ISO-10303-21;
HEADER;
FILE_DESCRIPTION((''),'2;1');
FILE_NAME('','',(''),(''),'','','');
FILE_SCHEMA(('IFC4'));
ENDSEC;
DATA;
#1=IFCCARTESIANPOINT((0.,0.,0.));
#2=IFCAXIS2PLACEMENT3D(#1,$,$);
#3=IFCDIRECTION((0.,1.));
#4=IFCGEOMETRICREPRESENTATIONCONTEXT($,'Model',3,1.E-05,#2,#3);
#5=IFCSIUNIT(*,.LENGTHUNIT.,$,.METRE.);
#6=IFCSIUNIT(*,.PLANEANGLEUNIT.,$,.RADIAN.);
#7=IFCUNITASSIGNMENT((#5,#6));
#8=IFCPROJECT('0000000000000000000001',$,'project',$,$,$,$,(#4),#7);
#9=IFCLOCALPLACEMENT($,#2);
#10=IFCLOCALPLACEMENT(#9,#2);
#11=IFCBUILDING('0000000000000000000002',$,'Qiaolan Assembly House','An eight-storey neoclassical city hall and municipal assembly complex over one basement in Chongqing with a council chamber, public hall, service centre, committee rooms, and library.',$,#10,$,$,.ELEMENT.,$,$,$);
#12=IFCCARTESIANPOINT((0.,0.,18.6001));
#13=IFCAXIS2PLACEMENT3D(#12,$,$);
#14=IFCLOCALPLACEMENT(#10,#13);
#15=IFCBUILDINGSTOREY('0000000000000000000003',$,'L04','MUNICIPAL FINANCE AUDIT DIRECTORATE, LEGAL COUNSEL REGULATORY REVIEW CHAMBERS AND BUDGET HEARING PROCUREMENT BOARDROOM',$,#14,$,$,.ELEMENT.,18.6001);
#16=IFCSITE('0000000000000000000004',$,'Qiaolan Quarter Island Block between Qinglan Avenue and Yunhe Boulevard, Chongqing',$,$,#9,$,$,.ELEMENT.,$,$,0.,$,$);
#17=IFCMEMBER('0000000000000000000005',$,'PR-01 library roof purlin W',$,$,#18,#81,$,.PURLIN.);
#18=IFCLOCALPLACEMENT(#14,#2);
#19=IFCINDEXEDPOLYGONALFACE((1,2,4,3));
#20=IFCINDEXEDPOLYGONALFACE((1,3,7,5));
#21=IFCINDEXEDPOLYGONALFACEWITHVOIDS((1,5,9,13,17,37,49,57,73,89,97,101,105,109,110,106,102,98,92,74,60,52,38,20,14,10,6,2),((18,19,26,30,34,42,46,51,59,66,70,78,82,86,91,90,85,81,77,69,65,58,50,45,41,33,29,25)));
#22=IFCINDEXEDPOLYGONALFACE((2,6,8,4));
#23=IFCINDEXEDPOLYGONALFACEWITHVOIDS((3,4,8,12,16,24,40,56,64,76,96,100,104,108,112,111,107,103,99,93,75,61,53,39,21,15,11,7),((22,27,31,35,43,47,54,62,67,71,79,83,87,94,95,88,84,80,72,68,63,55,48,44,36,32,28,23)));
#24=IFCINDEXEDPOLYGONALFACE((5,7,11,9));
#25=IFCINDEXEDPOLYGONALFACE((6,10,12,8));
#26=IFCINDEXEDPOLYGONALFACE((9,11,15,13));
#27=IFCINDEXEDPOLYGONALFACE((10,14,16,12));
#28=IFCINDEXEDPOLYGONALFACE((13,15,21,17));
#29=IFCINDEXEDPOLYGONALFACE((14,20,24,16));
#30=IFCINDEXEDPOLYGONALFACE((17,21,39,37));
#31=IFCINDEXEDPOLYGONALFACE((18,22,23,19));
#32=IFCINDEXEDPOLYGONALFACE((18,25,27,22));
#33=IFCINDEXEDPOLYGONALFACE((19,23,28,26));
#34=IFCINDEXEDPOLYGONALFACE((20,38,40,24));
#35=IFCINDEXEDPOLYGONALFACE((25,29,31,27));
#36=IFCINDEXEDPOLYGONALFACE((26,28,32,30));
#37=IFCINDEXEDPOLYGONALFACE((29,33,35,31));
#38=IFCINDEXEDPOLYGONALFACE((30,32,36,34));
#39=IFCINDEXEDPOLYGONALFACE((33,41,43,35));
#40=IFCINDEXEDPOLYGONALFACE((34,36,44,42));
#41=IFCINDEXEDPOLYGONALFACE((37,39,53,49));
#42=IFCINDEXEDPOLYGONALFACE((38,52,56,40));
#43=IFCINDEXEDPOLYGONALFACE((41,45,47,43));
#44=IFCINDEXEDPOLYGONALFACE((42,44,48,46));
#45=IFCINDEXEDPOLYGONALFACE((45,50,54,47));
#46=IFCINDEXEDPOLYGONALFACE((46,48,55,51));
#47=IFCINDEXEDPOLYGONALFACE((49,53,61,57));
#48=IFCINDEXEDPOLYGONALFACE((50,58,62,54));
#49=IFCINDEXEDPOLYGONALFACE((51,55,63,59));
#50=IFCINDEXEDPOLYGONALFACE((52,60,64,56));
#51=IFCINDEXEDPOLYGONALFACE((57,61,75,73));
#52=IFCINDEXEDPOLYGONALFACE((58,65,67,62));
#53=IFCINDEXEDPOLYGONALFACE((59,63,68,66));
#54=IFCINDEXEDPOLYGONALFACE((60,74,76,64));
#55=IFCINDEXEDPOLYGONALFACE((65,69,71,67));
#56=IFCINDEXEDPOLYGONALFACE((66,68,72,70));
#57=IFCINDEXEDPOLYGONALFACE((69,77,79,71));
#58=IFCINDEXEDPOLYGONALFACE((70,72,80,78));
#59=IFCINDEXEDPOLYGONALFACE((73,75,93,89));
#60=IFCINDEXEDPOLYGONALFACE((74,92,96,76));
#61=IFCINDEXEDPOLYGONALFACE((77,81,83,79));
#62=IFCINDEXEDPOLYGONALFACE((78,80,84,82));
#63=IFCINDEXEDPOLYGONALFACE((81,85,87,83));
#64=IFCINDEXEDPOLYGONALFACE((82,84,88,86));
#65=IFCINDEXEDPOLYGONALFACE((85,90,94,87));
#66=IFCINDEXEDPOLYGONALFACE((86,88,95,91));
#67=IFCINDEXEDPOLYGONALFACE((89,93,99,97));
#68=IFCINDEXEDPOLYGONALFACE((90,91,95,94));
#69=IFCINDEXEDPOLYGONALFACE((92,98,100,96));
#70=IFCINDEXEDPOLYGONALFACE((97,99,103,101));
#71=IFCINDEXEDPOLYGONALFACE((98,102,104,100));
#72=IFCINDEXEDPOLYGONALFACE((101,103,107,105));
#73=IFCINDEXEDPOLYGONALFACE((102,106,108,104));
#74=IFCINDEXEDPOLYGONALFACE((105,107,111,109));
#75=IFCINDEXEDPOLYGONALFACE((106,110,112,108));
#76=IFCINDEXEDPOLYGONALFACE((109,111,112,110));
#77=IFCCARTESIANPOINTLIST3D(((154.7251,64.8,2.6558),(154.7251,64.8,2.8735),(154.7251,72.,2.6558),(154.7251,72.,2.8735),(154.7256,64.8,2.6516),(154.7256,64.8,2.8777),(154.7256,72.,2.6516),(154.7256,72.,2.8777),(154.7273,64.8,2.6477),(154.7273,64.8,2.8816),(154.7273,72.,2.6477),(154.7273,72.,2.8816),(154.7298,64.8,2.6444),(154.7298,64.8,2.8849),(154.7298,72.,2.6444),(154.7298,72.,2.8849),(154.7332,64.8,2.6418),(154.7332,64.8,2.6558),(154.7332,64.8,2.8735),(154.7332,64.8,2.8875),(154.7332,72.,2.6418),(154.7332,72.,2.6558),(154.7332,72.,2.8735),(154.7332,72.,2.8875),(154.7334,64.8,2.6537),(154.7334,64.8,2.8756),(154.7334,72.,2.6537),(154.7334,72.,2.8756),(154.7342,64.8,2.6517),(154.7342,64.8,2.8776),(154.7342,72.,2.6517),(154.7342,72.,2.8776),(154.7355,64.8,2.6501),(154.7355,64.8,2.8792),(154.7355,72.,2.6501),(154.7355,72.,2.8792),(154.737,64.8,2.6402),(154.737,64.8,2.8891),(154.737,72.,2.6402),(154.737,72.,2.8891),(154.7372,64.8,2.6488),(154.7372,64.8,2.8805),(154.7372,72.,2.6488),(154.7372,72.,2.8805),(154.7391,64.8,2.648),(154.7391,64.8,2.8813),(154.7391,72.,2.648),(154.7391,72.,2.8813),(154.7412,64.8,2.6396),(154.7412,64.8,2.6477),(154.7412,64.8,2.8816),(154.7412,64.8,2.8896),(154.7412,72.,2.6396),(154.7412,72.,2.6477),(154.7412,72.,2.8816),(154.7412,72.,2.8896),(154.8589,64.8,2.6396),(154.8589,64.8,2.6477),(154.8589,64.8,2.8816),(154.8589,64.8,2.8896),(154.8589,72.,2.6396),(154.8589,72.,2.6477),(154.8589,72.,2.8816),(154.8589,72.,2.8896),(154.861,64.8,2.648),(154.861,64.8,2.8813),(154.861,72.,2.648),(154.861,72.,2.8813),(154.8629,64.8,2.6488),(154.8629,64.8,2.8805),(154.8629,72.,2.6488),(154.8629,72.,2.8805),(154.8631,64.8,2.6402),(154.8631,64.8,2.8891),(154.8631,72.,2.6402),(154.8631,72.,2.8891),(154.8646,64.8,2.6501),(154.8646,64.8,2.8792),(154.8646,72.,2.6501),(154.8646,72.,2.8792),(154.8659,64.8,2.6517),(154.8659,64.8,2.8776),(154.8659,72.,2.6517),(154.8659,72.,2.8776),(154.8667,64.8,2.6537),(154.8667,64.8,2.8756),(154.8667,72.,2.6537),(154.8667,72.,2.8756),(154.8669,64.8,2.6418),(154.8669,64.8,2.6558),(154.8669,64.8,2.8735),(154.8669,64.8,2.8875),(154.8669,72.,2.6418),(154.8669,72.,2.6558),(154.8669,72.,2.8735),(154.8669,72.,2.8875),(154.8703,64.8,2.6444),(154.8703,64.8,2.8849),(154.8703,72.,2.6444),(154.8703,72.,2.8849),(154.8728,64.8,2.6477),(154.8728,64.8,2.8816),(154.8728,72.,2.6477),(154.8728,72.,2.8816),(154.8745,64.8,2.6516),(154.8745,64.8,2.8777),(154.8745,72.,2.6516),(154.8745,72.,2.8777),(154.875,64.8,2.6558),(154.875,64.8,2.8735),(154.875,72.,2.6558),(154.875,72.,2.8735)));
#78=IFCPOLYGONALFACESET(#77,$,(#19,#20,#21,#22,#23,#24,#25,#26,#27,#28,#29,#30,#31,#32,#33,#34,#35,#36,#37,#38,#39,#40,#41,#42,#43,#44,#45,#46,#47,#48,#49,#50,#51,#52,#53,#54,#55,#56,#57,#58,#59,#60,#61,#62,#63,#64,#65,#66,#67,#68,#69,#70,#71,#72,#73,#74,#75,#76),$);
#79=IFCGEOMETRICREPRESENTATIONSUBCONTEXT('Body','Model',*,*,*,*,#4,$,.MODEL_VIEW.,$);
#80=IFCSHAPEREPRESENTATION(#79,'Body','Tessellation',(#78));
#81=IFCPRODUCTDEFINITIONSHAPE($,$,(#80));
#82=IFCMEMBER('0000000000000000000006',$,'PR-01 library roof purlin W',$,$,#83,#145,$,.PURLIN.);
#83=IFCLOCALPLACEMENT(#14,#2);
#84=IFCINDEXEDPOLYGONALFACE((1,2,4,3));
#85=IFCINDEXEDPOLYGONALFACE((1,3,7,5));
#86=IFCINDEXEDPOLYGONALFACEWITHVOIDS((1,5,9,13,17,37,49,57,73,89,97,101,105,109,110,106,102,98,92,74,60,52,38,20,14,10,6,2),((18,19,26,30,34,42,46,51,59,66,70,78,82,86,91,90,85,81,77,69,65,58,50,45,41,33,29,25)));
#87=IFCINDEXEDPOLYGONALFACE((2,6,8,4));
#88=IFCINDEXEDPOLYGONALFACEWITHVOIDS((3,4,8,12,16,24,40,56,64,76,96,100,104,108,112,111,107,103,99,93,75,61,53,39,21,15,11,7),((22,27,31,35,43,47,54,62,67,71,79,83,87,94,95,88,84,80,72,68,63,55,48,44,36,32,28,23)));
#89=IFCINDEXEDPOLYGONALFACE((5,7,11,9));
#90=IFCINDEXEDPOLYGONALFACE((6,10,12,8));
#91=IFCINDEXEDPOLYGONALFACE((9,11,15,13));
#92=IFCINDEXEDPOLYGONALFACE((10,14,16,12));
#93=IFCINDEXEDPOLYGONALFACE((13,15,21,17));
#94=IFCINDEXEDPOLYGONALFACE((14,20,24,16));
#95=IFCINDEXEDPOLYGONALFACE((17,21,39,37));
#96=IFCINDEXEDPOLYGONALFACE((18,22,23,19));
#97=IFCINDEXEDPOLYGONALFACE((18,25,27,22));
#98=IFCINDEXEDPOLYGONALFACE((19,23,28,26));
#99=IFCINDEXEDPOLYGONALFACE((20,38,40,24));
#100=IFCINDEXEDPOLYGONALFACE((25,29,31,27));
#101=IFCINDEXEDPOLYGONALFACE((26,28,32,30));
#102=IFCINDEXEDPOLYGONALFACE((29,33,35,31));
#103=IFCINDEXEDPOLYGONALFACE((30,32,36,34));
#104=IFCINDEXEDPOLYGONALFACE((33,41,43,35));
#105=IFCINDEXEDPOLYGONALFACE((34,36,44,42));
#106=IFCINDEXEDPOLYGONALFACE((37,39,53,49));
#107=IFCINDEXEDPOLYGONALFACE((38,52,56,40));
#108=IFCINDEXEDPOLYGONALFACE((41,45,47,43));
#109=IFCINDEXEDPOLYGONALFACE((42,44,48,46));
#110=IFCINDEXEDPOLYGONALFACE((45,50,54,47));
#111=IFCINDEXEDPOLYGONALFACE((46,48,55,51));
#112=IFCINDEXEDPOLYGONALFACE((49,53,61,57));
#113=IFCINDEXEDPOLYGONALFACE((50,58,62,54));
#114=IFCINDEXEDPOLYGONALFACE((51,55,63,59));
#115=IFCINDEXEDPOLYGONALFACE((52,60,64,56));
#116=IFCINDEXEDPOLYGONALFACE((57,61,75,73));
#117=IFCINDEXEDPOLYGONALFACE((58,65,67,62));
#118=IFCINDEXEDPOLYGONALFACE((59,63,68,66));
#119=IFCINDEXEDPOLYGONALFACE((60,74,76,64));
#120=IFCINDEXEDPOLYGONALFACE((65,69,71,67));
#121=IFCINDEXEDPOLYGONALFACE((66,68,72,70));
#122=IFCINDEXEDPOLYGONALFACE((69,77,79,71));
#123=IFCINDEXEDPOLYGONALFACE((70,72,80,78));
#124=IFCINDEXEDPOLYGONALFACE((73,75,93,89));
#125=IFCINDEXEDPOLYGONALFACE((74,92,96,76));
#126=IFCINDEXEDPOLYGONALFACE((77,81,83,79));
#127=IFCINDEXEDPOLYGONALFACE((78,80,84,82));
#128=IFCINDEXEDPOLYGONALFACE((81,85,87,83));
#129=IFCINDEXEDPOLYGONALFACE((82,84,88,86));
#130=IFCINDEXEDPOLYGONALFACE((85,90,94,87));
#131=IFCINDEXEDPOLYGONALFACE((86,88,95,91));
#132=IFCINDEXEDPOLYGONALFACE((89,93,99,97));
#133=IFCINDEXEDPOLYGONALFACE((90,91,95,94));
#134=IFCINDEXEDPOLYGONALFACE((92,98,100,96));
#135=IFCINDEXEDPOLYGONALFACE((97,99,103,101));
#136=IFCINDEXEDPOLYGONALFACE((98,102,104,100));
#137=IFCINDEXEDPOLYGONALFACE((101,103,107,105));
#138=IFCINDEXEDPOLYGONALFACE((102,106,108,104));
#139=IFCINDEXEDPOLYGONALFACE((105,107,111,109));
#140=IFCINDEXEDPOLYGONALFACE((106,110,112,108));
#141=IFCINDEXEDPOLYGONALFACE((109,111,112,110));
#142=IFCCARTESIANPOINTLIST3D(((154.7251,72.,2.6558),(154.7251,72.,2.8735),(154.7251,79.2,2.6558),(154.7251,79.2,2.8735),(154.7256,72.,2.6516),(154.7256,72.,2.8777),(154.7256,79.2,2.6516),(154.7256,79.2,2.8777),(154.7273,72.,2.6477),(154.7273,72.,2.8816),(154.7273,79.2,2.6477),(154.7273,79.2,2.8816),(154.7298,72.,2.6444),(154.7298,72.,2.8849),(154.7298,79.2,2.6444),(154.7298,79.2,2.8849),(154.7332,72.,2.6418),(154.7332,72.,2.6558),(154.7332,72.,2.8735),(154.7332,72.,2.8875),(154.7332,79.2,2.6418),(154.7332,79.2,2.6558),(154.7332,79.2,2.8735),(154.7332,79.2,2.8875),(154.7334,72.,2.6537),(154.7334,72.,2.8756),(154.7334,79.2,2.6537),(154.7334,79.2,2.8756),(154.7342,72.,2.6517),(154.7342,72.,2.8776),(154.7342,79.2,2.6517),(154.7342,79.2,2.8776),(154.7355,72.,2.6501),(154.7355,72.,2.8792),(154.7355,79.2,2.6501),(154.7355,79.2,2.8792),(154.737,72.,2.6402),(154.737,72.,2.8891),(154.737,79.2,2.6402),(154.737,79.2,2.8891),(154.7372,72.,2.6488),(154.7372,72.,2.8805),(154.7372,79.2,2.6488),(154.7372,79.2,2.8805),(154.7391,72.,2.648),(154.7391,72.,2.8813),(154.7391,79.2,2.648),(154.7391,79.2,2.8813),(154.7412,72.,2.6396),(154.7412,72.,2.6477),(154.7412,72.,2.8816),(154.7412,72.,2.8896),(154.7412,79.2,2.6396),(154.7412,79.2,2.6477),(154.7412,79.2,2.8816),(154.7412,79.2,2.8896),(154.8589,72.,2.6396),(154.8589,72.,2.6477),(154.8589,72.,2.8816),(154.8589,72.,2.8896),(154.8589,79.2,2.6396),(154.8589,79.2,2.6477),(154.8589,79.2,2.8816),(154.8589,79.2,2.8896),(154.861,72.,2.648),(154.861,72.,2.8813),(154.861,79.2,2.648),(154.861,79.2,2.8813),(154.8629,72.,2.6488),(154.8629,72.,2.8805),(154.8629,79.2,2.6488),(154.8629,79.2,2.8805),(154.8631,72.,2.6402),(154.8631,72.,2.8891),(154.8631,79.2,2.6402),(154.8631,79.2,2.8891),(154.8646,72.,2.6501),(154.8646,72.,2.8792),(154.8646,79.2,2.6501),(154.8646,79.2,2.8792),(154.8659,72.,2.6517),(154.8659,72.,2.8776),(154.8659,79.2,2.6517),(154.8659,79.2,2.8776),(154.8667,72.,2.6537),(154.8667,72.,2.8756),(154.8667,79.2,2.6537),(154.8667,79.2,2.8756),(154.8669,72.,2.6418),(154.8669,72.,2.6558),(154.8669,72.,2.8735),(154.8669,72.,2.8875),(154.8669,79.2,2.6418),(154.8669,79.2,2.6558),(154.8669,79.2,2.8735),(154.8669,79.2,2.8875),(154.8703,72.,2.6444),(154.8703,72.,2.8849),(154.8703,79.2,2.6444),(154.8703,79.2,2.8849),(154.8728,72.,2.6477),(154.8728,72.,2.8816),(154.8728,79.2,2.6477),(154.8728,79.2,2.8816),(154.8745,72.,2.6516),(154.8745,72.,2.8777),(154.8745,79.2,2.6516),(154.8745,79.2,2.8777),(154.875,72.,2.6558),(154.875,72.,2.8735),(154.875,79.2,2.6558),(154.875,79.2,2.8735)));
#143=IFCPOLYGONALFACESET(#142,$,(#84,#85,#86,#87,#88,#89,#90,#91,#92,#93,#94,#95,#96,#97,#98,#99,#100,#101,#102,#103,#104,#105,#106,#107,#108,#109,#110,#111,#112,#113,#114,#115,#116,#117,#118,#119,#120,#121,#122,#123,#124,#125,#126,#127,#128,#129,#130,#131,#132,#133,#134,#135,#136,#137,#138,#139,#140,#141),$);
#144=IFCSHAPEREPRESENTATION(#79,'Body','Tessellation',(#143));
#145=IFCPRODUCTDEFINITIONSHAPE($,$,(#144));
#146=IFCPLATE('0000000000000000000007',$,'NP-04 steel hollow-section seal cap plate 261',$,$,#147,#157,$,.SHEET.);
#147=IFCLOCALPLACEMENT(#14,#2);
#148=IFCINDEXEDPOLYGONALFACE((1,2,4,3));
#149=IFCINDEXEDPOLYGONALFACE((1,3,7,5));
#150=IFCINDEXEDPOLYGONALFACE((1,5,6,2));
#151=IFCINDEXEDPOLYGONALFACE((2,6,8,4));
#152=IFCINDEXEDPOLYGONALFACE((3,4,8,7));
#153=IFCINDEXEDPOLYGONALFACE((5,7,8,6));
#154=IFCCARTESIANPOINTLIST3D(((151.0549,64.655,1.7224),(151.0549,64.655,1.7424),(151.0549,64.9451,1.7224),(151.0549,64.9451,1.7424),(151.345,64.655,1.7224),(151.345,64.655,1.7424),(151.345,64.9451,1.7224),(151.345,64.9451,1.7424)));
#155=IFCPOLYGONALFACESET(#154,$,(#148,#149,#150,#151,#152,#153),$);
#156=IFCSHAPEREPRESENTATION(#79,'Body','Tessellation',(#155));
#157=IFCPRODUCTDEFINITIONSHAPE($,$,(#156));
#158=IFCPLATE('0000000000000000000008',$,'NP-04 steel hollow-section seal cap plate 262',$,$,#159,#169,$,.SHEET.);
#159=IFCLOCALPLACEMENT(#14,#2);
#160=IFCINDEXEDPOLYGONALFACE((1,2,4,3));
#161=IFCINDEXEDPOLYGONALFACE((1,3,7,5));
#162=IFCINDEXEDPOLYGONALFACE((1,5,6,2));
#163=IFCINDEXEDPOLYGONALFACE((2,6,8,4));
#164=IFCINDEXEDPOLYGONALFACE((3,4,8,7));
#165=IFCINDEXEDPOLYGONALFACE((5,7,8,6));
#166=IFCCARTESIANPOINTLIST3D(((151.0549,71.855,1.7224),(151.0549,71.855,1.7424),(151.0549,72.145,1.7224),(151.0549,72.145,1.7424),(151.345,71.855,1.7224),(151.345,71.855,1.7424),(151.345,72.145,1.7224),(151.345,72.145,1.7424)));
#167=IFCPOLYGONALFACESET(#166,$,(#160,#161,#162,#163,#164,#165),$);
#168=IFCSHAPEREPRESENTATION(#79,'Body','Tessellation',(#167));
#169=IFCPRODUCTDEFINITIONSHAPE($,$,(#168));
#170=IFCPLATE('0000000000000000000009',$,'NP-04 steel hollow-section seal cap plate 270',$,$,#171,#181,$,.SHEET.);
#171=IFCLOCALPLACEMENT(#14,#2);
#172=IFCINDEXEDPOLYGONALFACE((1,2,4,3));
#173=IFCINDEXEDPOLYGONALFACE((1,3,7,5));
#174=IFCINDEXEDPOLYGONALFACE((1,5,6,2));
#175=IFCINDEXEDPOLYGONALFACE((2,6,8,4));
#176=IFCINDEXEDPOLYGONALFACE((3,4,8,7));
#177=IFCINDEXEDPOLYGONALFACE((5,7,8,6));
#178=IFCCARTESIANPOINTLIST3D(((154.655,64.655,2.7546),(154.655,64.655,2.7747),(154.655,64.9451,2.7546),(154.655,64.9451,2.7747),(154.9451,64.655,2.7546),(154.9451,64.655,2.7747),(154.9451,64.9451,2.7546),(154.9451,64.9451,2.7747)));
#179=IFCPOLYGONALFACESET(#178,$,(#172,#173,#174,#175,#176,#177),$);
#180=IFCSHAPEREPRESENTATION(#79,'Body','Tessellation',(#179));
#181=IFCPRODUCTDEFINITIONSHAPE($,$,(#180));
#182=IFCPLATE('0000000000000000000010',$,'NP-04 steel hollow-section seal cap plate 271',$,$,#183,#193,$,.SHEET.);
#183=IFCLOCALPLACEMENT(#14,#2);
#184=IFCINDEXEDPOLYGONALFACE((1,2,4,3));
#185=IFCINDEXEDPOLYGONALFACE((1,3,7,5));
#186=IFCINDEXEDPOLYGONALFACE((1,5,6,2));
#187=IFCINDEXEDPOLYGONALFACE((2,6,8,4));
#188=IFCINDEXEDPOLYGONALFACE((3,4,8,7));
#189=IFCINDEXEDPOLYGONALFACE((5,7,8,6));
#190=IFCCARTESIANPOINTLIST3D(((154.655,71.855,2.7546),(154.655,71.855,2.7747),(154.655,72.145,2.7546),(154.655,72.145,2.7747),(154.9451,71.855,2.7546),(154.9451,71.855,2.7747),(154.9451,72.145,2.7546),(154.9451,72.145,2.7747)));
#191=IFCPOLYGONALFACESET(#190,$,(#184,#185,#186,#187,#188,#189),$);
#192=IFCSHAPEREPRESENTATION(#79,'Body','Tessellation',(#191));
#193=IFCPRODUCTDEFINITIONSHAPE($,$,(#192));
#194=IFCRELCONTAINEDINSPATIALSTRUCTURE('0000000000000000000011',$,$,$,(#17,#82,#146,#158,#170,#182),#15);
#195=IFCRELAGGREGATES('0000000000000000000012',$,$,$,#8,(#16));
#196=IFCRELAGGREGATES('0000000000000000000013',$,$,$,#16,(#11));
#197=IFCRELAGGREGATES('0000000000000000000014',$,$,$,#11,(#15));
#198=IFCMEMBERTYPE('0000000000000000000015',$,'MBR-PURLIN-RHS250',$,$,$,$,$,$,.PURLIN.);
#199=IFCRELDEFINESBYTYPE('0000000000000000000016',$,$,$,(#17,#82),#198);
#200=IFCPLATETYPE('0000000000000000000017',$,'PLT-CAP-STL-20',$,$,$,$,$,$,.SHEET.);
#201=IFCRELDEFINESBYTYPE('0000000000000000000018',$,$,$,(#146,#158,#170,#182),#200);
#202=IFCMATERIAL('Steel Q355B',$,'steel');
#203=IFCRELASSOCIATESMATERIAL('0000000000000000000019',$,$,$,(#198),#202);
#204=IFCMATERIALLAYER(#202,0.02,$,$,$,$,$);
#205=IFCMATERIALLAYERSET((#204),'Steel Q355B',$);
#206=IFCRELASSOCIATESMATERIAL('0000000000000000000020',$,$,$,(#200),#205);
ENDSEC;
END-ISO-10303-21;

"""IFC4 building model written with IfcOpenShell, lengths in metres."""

from ifc_helpers import new_model, si_unit, direction, frame, origin, origin_2d, place, context, subcontext, project, spatial, rectangle, hollow_rectangle, extrude, material, layer, layer_set, material_profile, profile_set, type_object, element, save


model = new_model("IFC4")

# Units and contexts
model_context = context("Model", 3, precision=1e-05, world=origin(), true_north=direction((0.0, 1.0)))
body_context = subcontext(model_context, "Body", "Model", "MODEL_VIEW")
ifc_project = project(units=[si_unit("LENGTHUNIT", "METRE"), si_unit("PLANEANGLEUNIT", "RADIAN")], contexts=[model_context])

# Site, building, storey
site_placement = place(None, origin())
site = spatial("IfcSite", under=ifc_project, at=site_placement, Name="Qiaolan Quarter Island Block between Qinglan Avenue and Yunhe Boulevard, Chongqing", CompositionType="ELEMENT", RefElevation=0.0)
building_placement = place(site_placement, origin())
building = spatial("IfcBuilding", under=site, at=building_placement, Name="Qiaolan Assembly House", Description="An eight-storey neoclassical city hall and municipal assembly complex over one basement in Chongqing with a council chamber, public hall, service centre, committee rooms, and library.", CompositionType="ELEMENT")
storey_placement = place(building_placement, frame((0.0, 0.0, 18.6001)))
storey = spatial("IfcBuildingStorey", under=building, at=storey_placement, Name="L04", Description="MUNICIPAL FINANCE AUDIT DIRECTORATE, LEGAL COUNSEL REGULATORY REVIEW CHAMBERS AND BUDGET HEARING PROCUREMENT BOARDROOM", CompositionType="ELEMENT", Elevation=18.6001)

# Shared definitions
ifc_material = material(Name="Steel Q355B", Category="steel")

# Members
ifc_material_profile_1 = material_profile(ifc_material, hollow_rectangle(XDim=0.1499, YDim=0.25, WallThickness=0.0081, InnerFilletRadius=0.0081, OuterFilletRadius=0.0161, at=origin_2d()), Name="RHS 250x150x8")
ifc_profile_set_1 = profile_set([ifc_material_profile_1], Name="Steel Q355B")
member_type_1 = type_object("IfcMemberType", Name="MBR-PURLIN-RHS250", PredefinedType="PURLIN", material=ifc_profile_set_1)
for number, where, z_axis, x_axis, name in (
    (1, (154.8, 64.8, 2.7646), (0.0, 1.0, 0.0), (-1.0, 0.0, 0.0), "PR-01 library roof purlin W"),
    (2, (154.8, 72.0, 2.7646), (0.0, 1.0, 0.0), (-1.0, 0.0, 0.0), "PR-01 library roof purlin W"),
):
    element("IfcMember", number, at=place(storey_placement, frame(where, z_axis=z_axis, x_axis=x_axis)), inside=storey, type_object=member_type_1, Name=name, PredefinedType="PURLIN", context=body_context, shape_type="SweptSolid", body=[
        extrude(hollow_rectangle(XDim=0.1499, YDim=0.25, WallThickness=0.0081, InnerFilletRadius=0.0081, OuterFilletRadius=0.0161, at=origin_2d()), origin(), (0.0, 0.0, 1.0), 7.2),
    ])

# Plates
ifc_layer = layer(ifc_material, 0.02)
ifc_layer_set = layer_set([ifc_layer], Name="Steel Q355B")
plate_type = type_object("IfcPlateType", Name="PLT-CAP-STL-20", PredefinedType="SHEET", material=ifc_layer_set)
for number, where, z_axis, x_axis, name in (
    (3, (151.2, 64.8, 1.7224), (0.0, 0.0, 1.0), (1.0, 0.0, 0.0), "NP-04 steel hollow-section seal cap plate 261"),
    (4, (151.2, 72.0, 1.7224), (0.0, 0.0, 1.0), (1.0, 0.0, 0.0), "NP-04 steel hollow-section seal cap plate 262"),
    (5, (154.8, 64.8, 2.7546), (0.0, 0.0, 1.0), (1.0, 0.0, 0.0), "NP-04 steel hollow-section seal cap plate 270"),
    (6, (154.8, 72.0, 2.7546), (0.0, 0.0, 1.0), (1.0, 0.0, 0.0), "NP-04 steel hollow-section seal cap plate 271"),
):
    element("IfcPlate", number, at=place(storey_placement, frame(where, z_axis=z_axis, x_axis=x_axis)), inside=storey, type_object=plate_type, Name=name, PredefinedType="SHEET", context=body_context, shape_type="SweptSolid", body=[
        extrude(rectangle(XDim=0.29, YDim=0.29, at=origin_2d()), origin(), (0.0, 0.0, 1.0), 0.02),
    ])

save(model, "model.ifc")
